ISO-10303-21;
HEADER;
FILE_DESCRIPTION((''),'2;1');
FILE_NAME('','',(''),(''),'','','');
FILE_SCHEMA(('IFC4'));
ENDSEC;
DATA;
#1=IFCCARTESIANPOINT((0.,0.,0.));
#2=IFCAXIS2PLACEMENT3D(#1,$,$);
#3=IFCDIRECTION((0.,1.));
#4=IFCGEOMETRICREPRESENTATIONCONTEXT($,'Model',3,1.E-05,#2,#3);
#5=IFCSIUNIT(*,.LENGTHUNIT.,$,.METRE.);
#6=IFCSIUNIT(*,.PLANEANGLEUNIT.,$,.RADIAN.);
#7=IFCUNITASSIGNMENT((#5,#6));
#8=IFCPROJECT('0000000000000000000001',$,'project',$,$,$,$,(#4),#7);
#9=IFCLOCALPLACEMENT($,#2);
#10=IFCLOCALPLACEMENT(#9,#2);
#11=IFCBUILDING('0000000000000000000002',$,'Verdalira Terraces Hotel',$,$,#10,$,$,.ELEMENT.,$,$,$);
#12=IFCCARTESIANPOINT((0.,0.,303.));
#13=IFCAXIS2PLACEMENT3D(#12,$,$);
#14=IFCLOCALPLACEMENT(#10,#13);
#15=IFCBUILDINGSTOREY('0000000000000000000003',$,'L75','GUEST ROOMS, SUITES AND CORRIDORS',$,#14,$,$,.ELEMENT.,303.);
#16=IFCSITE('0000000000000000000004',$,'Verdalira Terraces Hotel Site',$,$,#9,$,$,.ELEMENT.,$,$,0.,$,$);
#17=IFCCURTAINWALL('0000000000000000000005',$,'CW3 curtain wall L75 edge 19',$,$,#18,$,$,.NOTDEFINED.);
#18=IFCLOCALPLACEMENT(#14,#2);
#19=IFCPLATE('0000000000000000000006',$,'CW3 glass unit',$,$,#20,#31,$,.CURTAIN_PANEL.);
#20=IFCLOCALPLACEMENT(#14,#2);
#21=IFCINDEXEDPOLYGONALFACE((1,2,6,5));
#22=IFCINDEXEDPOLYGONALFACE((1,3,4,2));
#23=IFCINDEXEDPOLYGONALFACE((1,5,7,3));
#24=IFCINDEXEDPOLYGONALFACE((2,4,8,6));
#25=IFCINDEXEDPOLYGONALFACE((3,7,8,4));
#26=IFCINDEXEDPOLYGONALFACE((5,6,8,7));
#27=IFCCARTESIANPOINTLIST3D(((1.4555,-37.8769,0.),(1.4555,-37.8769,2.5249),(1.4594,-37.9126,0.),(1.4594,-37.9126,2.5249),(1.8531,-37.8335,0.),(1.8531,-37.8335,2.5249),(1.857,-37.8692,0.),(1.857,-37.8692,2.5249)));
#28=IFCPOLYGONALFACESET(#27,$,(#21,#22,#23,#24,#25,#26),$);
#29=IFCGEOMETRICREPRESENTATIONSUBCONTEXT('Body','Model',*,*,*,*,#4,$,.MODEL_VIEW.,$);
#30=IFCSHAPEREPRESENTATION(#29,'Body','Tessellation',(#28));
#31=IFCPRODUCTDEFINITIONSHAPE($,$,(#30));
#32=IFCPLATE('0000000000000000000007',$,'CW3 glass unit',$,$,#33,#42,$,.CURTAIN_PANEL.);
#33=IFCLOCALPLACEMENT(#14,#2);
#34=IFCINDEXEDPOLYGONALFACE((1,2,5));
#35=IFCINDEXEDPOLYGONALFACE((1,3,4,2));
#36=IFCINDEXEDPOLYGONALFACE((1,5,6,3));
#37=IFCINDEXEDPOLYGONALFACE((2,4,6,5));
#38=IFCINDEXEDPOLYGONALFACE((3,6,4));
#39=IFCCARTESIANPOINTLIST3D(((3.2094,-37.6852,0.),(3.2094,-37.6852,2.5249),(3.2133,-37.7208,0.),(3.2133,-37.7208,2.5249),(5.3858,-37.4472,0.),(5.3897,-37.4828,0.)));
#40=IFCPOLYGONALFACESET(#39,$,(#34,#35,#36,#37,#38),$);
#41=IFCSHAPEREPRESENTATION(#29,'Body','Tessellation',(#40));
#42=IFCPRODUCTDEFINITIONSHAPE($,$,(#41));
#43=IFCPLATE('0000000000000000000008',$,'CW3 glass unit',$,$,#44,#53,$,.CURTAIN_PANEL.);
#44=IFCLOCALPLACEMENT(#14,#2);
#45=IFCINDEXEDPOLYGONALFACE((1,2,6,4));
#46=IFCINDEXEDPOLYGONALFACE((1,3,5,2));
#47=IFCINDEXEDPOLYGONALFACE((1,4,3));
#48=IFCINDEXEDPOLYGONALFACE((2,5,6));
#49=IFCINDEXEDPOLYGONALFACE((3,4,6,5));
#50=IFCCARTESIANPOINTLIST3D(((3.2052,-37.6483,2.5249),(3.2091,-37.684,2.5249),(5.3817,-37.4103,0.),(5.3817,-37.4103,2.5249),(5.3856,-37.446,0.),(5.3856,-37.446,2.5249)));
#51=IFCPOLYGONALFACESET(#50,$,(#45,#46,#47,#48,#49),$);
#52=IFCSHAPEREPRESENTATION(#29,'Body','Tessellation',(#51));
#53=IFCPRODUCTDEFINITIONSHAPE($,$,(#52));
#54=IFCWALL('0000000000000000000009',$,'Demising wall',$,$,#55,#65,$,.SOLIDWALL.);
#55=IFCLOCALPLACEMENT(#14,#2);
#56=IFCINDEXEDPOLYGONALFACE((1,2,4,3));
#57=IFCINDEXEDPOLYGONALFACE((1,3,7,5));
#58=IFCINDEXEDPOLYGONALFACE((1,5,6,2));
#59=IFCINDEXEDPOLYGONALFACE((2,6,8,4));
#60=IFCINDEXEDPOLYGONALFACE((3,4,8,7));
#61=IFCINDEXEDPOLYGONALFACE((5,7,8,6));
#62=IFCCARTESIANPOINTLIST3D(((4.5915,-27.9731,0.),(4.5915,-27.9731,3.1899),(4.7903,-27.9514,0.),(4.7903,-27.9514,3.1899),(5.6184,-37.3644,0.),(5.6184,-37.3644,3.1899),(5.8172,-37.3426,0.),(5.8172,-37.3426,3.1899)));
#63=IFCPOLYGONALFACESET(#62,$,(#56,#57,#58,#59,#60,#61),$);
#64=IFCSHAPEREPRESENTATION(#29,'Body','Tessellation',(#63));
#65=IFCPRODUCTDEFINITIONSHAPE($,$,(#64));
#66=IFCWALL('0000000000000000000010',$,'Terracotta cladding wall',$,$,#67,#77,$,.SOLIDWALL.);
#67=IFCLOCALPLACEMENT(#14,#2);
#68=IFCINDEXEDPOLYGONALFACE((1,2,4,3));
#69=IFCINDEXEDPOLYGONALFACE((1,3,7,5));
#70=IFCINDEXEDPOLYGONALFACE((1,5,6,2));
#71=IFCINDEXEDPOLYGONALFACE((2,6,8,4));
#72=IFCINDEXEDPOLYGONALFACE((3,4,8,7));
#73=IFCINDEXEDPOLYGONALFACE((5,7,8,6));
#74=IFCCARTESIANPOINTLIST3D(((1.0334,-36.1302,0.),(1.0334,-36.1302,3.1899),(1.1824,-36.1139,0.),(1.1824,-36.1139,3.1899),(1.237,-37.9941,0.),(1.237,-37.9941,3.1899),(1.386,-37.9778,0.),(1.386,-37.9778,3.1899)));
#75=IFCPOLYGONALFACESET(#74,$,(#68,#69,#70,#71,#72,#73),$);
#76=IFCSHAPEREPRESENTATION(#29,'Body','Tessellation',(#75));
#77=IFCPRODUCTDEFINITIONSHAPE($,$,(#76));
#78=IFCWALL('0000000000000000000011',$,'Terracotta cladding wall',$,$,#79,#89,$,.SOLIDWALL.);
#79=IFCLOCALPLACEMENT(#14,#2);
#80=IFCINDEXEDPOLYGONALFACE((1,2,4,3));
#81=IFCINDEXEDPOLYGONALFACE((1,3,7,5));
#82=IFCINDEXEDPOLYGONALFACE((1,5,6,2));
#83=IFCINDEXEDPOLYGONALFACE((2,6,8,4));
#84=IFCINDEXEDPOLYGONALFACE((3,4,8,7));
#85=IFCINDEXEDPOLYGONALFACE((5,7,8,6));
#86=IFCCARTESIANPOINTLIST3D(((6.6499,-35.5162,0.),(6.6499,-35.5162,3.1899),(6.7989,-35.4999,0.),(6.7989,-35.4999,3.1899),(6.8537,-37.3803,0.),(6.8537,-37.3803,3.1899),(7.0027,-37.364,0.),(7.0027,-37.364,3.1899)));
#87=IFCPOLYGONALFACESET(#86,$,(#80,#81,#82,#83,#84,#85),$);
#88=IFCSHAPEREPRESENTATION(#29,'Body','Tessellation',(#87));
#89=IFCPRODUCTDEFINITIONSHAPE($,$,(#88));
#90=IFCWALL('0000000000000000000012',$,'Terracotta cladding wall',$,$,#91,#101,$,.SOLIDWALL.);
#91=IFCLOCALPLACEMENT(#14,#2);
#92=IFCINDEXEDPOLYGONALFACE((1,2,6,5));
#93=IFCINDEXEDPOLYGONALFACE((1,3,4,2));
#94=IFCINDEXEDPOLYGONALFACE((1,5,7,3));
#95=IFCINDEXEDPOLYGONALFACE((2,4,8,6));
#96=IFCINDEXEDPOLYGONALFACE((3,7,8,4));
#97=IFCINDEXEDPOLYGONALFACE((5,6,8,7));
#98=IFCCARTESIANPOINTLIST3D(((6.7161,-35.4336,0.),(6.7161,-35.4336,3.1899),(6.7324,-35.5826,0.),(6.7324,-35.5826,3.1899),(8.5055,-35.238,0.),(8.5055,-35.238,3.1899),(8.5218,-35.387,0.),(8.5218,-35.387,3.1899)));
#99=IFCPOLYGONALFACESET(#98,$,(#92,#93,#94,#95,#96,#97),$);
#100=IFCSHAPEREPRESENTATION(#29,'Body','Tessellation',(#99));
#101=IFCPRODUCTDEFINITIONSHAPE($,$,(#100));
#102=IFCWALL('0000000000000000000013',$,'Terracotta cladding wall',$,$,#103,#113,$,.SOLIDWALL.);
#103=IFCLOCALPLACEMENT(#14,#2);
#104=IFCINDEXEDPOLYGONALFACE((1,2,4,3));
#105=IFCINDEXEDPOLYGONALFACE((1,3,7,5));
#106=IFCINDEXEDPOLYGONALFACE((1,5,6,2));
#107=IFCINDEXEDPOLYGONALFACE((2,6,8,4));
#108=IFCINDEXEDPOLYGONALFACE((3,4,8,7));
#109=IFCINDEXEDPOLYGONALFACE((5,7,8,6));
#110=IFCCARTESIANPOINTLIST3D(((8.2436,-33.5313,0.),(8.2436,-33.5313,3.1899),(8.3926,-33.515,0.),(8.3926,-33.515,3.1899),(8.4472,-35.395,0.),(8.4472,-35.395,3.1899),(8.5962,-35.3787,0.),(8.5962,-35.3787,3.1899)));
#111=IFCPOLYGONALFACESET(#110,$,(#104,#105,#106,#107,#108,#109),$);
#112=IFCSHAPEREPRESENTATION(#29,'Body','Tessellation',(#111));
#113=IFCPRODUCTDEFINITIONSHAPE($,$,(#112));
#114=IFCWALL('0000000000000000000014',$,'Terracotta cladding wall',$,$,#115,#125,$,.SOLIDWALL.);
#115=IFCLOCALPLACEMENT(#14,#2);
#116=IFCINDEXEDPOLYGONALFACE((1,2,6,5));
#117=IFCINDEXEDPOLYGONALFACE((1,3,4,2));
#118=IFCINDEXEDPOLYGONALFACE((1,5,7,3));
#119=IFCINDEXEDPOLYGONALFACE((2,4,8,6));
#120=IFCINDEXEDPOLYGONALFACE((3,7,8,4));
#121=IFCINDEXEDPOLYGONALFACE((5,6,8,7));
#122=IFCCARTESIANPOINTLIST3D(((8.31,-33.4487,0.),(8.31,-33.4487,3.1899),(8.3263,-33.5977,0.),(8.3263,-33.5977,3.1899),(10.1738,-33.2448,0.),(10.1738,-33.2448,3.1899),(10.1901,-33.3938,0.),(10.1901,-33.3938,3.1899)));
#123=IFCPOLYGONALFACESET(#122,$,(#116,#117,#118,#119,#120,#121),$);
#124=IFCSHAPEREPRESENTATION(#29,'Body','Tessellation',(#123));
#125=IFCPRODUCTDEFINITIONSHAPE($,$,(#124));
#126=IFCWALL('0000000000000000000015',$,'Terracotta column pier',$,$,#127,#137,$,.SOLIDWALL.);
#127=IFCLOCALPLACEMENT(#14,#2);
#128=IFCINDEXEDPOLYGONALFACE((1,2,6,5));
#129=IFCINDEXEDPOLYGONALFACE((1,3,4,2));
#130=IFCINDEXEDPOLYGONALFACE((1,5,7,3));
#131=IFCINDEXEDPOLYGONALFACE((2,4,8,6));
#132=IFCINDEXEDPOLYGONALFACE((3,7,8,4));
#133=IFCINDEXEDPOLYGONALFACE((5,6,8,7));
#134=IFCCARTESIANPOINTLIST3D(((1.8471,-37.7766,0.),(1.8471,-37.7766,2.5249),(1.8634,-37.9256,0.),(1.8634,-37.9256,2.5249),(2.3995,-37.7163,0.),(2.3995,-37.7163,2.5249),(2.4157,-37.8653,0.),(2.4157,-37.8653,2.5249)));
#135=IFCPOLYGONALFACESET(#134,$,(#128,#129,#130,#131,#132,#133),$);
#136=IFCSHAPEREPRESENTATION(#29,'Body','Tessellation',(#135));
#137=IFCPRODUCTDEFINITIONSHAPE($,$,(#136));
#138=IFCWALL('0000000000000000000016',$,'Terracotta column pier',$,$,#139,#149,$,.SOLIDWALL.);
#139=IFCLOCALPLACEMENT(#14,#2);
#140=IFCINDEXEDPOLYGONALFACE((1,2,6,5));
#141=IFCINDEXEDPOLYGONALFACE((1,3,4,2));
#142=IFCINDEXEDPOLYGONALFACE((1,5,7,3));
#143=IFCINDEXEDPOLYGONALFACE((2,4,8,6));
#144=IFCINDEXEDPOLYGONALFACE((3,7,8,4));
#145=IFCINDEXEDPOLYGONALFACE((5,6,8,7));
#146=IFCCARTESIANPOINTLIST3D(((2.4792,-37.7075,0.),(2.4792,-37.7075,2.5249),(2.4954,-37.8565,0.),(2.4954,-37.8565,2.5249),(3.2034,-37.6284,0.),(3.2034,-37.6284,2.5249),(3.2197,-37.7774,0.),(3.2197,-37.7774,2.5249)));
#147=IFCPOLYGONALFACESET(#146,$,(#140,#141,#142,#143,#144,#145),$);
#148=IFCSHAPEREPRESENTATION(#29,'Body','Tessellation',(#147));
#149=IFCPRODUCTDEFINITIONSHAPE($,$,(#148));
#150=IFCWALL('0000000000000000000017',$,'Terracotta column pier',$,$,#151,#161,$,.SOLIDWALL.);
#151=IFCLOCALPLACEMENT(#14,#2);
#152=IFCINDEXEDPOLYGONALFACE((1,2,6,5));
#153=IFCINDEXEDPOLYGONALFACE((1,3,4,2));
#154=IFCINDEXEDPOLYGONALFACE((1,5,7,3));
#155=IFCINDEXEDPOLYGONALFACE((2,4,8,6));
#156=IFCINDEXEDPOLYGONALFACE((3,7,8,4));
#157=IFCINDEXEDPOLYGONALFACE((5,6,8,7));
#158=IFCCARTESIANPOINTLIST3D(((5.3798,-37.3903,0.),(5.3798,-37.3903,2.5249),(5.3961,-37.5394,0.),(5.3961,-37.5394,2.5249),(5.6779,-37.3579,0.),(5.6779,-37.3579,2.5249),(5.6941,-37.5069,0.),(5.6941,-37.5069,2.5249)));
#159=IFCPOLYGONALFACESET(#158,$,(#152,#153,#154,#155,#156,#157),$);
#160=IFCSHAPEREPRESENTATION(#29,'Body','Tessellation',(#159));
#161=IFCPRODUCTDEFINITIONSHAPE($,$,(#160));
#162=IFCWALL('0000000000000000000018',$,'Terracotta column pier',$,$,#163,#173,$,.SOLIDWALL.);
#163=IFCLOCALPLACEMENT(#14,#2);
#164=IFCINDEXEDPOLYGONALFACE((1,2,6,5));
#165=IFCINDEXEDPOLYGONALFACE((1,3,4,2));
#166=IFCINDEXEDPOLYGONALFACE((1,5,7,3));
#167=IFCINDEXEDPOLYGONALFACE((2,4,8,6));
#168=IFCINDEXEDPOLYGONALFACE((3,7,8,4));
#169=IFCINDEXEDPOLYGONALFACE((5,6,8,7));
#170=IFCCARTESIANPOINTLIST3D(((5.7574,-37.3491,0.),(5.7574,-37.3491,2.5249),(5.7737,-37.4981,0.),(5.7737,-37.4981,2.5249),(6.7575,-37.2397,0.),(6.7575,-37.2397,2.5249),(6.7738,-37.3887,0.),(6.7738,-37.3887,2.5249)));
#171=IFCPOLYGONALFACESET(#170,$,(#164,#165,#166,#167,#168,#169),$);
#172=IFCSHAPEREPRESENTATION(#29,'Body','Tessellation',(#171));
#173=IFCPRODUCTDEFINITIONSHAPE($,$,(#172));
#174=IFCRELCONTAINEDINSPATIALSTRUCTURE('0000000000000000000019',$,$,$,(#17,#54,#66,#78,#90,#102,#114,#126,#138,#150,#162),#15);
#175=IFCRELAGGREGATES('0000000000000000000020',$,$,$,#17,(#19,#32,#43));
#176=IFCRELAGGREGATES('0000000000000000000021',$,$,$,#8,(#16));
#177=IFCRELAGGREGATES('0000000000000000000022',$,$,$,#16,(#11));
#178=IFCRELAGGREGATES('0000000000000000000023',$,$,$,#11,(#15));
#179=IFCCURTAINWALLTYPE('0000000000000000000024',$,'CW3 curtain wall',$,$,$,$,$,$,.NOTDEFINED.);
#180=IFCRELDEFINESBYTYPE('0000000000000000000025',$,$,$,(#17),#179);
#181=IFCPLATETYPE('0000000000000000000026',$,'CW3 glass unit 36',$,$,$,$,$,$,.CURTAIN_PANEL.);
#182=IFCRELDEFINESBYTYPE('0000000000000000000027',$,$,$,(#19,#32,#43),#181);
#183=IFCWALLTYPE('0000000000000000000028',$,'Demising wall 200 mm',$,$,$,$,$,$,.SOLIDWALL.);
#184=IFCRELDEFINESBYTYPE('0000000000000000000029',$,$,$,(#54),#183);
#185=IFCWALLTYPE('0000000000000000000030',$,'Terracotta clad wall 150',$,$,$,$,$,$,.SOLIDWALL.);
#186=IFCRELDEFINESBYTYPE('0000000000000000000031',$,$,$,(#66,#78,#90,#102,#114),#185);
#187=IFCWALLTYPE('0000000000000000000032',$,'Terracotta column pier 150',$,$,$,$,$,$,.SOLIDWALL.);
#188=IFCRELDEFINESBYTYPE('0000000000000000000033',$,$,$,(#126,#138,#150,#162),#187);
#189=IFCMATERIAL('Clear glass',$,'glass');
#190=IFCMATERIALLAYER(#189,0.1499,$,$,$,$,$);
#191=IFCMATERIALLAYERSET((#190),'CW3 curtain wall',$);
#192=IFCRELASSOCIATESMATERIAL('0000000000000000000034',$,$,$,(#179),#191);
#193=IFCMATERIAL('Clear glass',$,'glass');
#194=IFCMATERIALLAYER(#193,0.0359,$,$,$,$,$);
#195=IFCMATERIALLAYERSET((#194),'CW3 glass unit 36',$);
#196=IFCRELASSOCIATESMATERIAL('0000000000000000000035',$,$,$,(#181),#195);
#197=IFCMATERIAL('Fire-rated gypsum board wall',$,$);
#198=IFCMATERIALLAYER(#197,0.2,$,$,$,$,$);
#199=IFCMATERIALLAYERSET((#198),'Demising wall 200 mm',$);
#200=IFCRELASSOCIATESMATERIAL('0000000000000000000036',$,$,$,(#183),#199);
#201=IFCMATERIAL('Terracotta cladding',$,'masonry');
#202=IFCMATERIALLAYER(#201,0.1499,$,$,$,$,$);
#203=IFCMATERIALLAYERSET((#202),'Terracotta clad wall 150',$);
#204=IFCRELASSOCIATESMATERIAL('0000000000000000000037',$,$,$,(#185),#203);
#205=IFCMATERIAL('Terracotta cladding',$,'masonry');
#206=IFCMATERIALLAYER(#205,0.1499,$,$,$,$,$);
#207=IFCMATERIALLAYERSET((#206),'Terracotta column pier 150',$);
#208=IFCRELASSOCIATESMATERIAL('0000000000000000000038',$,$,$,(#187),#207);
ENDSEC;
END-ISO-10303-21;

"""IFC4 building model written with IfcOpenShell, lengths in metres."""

from ifc_helpers import new_model, si_unit, direction, frame, frame_2d, origin, origin_2d, place, context, subcontext, project, spatial, polyline, rectangle, outline, extrude, material, layer, layer_set, type_object, element, aggregate, save


model = new_model("IFC4")

# Units and contexts
model_context = context("Model", 3, precision=1e-05, world=origin(), true_north=direction((0.0, 1.0)))
body_context = subcontext(model_context, "Body", "Model", "MODEL_VIEW")
ifc_project = project(units=[si_unit("LENGTHUNIT", "METRE"), si_unit("PLANEANGLEUNIT", "RADIAN")], contexts=[model_context])

# Site, building, storey
site_placement = place(None, origin())
site = spatial("IfcSite", under=ifc_project, at=site_placement, Name="Verdalira Terraces Hotel Site", CompositionType="ELEMENT", RefElevation=0.0)
building_placement = place(site_placement, origin())
building = spatial("IfcBuilding", under=site, at=building_placement, Name="Verdalira Terraces Hotel", CompositionType="ELEMENT")
storey_placement = place(building_placement, frame((0.0, 0.0, 303.0)))
storey = spatial("IfcBuildingStorey", under=building, at=storey_placement, Name="L75", Description="GUEST ROOMS, SUITES AND CORRIDORS", CompositionType="ELEMENT", Elevation=303.0)

# Curtain wall
ifc_material_1 = material(Name="Clear glass", Category="glass")
ifc_layer_1 = layer(ifc_material_1, 0.1499)
ifc_layer_set_1 = layer_set([ifc_layer_1], Name="CW3 curtain wall")
curtain_wall_type_1 = type_object("IfcCurtainWallType", Name="CW3 curtain wall", PredefinedType="NOTDEFINED", material=ifc_layer_set_1)
curtain_wall_1_placement = place(storey_placement, origin())
curtain_wall_1 = element("IfcCurtainWall", 1, at=curtain_wall_1_placement, inside=storey, type_object=curtain_wall_type_1, Name="CW3 curtain wall L75 edge 19", PredefinedType="NOTDEFINED")

# Plates
ifc_material_2 = material(Name="Clear glass", Category="glass")
ifc_layer_2 = layer(ifc_material_2, 0.0359)
ifc_layer_set_2 = layer_set([ifc_layer_2], Name="CW3 glass unit 36")
plate_type = type_object("IfcPlateType", Name="CW3 glass unit 36", PredefinedType="CURTAIN_PANEL", material=ifc_layer_set_2)
plate_1_placement = place(storey_placement, frame((1.6562, -37.873, 0.0), z_axis=(0.0, 0.0, 1.0), x_axis=(0.994075, 0.108693, 0.0)))
plate_1 = element("IfcPlate", 2, at=plate_1_placement, type_object=plate_type, Name="CW3 glass unit", PredefinedType="CURTAIN_PANEL", context=body_context, shape_type="SweptSolid", body=[
    extrude(rectangle(XDim=0.3999, YDim=0.0359, at=origin_2d()), origin(), (0.0, 0.0, 1.0), 2.5249),
])
plate_2_placement = place(storey_placement, frame((4.2976, -37.5662, 1.2625), z_axis=(0.108693, -0.994075, 0.0), x_axis=(0.994075, 0.108693, 0.0)))
plate_2 = element("IfcPlate", 3, at=plate_2_placement, type_object=plate_type, Name="CW3 glass unit", PredefinedType="CURTAIN_PANEL", context=body_context, shape_type="SweptSolid", body=[
    extrude(outline(polyline([(-1.0947, -1.2625), (1.0947, -1.2625), (-1.0947, 1.2625), (-1.0947, -1.2625)])), origin(), (0.0, 0.0, 1.0), 0.0359),
])
plate_3_placement = place(storey_placement, frame((4.2935, -37.5293, 1.2625), z_axis=(0.108693, -0.994075, 0.0), x_axis=(0.994075, 0.108693, 0.0)))
plate_3 = element("IfcPlate", 4, at=plate_3_placement, type_object=plate_type, Name="CW3 glass unit", PredefinedType="CURTAIN_PANEL", context=body_context, shape_type="SweptSolid", body=[
    extrude(outline(polyline([(1.0947, -1.2625), (1.0947, 1.2625), (-1.0947, 1.2625), (1.0947, -1.2625)])), origin(), (0.0, 0.0, 1.0), 0.0359),
])
aggregate(curtain_wall_1, [plate_1, plate_2, plate_3])

# Walls
ifc_material_3 = material(Name="Fire-rated gypsum board wall")
ifc_layer_3 = layer(ifc_material_3, 0.2)
ifc_layer_set_3 = layer_set([ifc_layer_3], Name="Demising wall 200 mm")
wall_type_1 = type_object("IfcWallType", Name="Demising wall 200 mm", PredefinedType="SOLIDWALL", material=ifc_layer_set_3)
wall_1_placement = place(storey_placement, frame((5.7178, -37.3535, 0.0), z_axis=(0.0, 0.0, 1.0), x_axis=(-0.108693, 0.994075, 0.0)))
element("IfcWall", 5, at=wall_1_placement, inside=storey, type_object=wall_type_1, Name="Demising wall", PredefinedType="SOLIDWALL", context=body_context, shape_type="SweptSolid", body=[
    extrude(rectangle(XDim=9.4473, YDim=0.2, at=frame_2d((4.7236, 0.0))), origin(), (0.0, 0.0, 1.0), 3.1899),
])
ifc_material_4 = material(Name="Terracotta cladding", Category="masonry")
ifc_layer_4 = layer(ifc_material_4, 0.1499)
ifc_layer_set_4 = layer_set([ifc_layer_4], Name="Terracotta clad wall 150")
wall_type_2 = type_object("IfcWallType", Name="Terracotta clad wall 150", PredefinedType="SOLIDWALL", material=ifc_layer_set_4)
wall_2_placement = place(storey_placement, frame((1.1079, -36.1221, 0.0), z_axis=(0.0, 0.0, 1.0), x_axis=(0.108588, -0.994087, 0.0)))
element("IfcWall", 6, at=wall_2_placement, inside=storey, type_object=wall_type_2, Name="Terracotta cladding wall", PredefinedType="SOLIDWALL", context=body_context, shape_type="SweptSolid", body=[
    extrude(rectangle(XDim=1.875, YDim=0.1499, at=frame_2d((0.9375, 0.0))), origin(), (0.0, 0.0, 1.0), 3.1899),
])
wall_3_placement = place(storey_placement, frame((6.9282, -37.3721, 0.0), z_axis=(0.0, 0.0, 1.0), x_axis=(-0.108717, 0.994073, 0.0)))
element("IfcWall", 7, at=wall_3_placement, inside=storey, type_object=wall_type_2, Name="Terracotta cladding wall", PredefinedType="SOLIDWALL", context=body_context, shape_type="SweptSolid", body=[
    extrude(rectangle(XDim=1.8752, YDim=0.1499, at=frame_2d((0.9375, 0.0))), origin(), (0.0, 0.0, 1.0), 3.1899),
])
wall_4_placement = place(storey_placement, frame((6.7244, -35.5081, 0.0), z_axis=(0.0, 0.0, 1.0), x_axis=(0.994081, 0.108645, 0.0)))
element("IfcWall", 8, at=wall_4_placement, inside=storey, type_object=wall_type_2, Name="Terracotta cladding wall", PredefinedType="SOLIDWALL", context=body_context, shape_type="SweptSolid", body=[
    extrude(rectangle(XDim=1.8, YDim=0.1499, at=frame_2d((0.8999, 0.0))), origin(), (0.0, 0.0, 1.0), 3.1899),
])
wall_5_placement = place(storey_placement, frame((8.5217, -35.387, 0.0), z_axis=(0.0, 0.0, 1.0), x_axis=(-0.108602, 0.994085, 0.0)))
element("IfcWall", 9, at=wall_5_placement, inside=storey, type_object=wall_type_2, Name="Terracotta cladding wall", PredefinedType="SOLIDWALL", context=body_context, shape_type="SweptSolid", body=[
    extrude(rectangle(XDim=1.8748, YDim=0.1499, at=frame_2d((0.9375, 0.0))), origin(), (0.0, 0.0, 1.0), 3.1899),
])
wall_6_placement = place(storey_placement, frame((8.3181, -33.5232, 0.0), z_axis=(0.0, 0.0, 1.0), x_axis=(0.994071, 0.108731, 0.0)))
element("IfcWall", 10, at=wall_6_placement, inside=storey, type_object=wall_type_2, Name="Terracotta cladding wall", PredefinedType="SOLIDWALL", context=body_context, shape_type="SweptSolid", body=[
    extrude(rectangle(XDim=1.875, YDim=0.1499, at=frame_2d((0.9375, 0.0))), origin(), (0.0, 0.0, 1.0), 3.1899),
])
ifc_material_5 = material(Name="Terracotta cladding", Category="masonry")
ifc_layer_5 = layer(ifc_material_5, 0.1499)
ifc_layer_set_5 = layer_set([ifc_layer_5], Name="Terracotta column pier 150")
wall_type_3 = type_object("IfcWallType", Name="Terracotta column pier 150", PredefinedType="SOLIDWALL", material=ifc_layer_set_5)
wall_7_placement = place(storey_placement, frame((1.8552, -37.8511, 0.0), z_axis=(0.0, 0.0, 1.0), x_axis=(0.994096, 0.108503, 0.0)))
element("IfcWall", 11, at=wall_7_placement, inside=storey, type_object=wall_type_3, Name="Terracotta column pier", PredefinedType="SOLIDWALL", context=body_context, shape_type="SweptSolid", body=[
    extrude(rectangle(XDim=0.5557, YDim=0.1499, at=frame_2d((0.2778, 0.0))), origin(), (0.0, 0.0, 1.0), 2.5249),
])
wall_8_placement = place(storey_placement, frame((2.4873, -37.782, 0.0), z_axis=(0.0, 0.0, 1.0), x_axis=(0.994086, 0.108592, 0.0)))
element("IfcWall", 12, at=wall_8_placement, inside=storey, type_object=wall_type_3, Name="Terracotta column pier", PredefinedType="SOLIDWALL", context=body_context, shape_type="SweptSolid", body=[
    extrude(rectangle(XDim=0.7285, YDim=0.1499, at=frame_2d((0.3643, 0.0))), origin(), (0.0, 0.0, 1.0), 2.5249),
])
wall_9_placement = place(storey_placement, frame((5.3879, -37.4648, 0.0), z_axis=(0.0, 0.0, 1.0), x_axis=(0.99412, 0.108287, 0.0)))
element("IfcWall", 13, at=wall_9_placement, inside=storey, type_object=wall_type_3, Name="Terracotta column pier", PredefinedType="SOLIDWALL", context=body_context, shape_type="SweptSolid", body=[
    extrude(rectangle(XDim=0.2998, YDim=0.1499, at=frame_2d((0.1499, 0.0))), origin(), (0.0, 0.0, 1.0), 2.5249),
])
wall_10_placement = place(storey_placement, frame((5.7656, -37.4236, 0.0), z_axis=(0.0, 0.0, 1.0), x_axis=(0.994075, 0.1087, 0.0)))
element("IfcWall", 14, at=wall_10_placement, inside=storey, type_object=wall_type_3, Name="Terracotta column pier", PredefinedType="SOLIDWALL", context=body_context, shape_type="SweptSolid", body=[
    extrude(rectangle(XDim=1.0061, YDim=0.1499, at=frame_2d((0.5029, 0.0))), origin(), (0.0, 0.0, 1.0), 2.5249),
])

save(model, "model.ifc")
